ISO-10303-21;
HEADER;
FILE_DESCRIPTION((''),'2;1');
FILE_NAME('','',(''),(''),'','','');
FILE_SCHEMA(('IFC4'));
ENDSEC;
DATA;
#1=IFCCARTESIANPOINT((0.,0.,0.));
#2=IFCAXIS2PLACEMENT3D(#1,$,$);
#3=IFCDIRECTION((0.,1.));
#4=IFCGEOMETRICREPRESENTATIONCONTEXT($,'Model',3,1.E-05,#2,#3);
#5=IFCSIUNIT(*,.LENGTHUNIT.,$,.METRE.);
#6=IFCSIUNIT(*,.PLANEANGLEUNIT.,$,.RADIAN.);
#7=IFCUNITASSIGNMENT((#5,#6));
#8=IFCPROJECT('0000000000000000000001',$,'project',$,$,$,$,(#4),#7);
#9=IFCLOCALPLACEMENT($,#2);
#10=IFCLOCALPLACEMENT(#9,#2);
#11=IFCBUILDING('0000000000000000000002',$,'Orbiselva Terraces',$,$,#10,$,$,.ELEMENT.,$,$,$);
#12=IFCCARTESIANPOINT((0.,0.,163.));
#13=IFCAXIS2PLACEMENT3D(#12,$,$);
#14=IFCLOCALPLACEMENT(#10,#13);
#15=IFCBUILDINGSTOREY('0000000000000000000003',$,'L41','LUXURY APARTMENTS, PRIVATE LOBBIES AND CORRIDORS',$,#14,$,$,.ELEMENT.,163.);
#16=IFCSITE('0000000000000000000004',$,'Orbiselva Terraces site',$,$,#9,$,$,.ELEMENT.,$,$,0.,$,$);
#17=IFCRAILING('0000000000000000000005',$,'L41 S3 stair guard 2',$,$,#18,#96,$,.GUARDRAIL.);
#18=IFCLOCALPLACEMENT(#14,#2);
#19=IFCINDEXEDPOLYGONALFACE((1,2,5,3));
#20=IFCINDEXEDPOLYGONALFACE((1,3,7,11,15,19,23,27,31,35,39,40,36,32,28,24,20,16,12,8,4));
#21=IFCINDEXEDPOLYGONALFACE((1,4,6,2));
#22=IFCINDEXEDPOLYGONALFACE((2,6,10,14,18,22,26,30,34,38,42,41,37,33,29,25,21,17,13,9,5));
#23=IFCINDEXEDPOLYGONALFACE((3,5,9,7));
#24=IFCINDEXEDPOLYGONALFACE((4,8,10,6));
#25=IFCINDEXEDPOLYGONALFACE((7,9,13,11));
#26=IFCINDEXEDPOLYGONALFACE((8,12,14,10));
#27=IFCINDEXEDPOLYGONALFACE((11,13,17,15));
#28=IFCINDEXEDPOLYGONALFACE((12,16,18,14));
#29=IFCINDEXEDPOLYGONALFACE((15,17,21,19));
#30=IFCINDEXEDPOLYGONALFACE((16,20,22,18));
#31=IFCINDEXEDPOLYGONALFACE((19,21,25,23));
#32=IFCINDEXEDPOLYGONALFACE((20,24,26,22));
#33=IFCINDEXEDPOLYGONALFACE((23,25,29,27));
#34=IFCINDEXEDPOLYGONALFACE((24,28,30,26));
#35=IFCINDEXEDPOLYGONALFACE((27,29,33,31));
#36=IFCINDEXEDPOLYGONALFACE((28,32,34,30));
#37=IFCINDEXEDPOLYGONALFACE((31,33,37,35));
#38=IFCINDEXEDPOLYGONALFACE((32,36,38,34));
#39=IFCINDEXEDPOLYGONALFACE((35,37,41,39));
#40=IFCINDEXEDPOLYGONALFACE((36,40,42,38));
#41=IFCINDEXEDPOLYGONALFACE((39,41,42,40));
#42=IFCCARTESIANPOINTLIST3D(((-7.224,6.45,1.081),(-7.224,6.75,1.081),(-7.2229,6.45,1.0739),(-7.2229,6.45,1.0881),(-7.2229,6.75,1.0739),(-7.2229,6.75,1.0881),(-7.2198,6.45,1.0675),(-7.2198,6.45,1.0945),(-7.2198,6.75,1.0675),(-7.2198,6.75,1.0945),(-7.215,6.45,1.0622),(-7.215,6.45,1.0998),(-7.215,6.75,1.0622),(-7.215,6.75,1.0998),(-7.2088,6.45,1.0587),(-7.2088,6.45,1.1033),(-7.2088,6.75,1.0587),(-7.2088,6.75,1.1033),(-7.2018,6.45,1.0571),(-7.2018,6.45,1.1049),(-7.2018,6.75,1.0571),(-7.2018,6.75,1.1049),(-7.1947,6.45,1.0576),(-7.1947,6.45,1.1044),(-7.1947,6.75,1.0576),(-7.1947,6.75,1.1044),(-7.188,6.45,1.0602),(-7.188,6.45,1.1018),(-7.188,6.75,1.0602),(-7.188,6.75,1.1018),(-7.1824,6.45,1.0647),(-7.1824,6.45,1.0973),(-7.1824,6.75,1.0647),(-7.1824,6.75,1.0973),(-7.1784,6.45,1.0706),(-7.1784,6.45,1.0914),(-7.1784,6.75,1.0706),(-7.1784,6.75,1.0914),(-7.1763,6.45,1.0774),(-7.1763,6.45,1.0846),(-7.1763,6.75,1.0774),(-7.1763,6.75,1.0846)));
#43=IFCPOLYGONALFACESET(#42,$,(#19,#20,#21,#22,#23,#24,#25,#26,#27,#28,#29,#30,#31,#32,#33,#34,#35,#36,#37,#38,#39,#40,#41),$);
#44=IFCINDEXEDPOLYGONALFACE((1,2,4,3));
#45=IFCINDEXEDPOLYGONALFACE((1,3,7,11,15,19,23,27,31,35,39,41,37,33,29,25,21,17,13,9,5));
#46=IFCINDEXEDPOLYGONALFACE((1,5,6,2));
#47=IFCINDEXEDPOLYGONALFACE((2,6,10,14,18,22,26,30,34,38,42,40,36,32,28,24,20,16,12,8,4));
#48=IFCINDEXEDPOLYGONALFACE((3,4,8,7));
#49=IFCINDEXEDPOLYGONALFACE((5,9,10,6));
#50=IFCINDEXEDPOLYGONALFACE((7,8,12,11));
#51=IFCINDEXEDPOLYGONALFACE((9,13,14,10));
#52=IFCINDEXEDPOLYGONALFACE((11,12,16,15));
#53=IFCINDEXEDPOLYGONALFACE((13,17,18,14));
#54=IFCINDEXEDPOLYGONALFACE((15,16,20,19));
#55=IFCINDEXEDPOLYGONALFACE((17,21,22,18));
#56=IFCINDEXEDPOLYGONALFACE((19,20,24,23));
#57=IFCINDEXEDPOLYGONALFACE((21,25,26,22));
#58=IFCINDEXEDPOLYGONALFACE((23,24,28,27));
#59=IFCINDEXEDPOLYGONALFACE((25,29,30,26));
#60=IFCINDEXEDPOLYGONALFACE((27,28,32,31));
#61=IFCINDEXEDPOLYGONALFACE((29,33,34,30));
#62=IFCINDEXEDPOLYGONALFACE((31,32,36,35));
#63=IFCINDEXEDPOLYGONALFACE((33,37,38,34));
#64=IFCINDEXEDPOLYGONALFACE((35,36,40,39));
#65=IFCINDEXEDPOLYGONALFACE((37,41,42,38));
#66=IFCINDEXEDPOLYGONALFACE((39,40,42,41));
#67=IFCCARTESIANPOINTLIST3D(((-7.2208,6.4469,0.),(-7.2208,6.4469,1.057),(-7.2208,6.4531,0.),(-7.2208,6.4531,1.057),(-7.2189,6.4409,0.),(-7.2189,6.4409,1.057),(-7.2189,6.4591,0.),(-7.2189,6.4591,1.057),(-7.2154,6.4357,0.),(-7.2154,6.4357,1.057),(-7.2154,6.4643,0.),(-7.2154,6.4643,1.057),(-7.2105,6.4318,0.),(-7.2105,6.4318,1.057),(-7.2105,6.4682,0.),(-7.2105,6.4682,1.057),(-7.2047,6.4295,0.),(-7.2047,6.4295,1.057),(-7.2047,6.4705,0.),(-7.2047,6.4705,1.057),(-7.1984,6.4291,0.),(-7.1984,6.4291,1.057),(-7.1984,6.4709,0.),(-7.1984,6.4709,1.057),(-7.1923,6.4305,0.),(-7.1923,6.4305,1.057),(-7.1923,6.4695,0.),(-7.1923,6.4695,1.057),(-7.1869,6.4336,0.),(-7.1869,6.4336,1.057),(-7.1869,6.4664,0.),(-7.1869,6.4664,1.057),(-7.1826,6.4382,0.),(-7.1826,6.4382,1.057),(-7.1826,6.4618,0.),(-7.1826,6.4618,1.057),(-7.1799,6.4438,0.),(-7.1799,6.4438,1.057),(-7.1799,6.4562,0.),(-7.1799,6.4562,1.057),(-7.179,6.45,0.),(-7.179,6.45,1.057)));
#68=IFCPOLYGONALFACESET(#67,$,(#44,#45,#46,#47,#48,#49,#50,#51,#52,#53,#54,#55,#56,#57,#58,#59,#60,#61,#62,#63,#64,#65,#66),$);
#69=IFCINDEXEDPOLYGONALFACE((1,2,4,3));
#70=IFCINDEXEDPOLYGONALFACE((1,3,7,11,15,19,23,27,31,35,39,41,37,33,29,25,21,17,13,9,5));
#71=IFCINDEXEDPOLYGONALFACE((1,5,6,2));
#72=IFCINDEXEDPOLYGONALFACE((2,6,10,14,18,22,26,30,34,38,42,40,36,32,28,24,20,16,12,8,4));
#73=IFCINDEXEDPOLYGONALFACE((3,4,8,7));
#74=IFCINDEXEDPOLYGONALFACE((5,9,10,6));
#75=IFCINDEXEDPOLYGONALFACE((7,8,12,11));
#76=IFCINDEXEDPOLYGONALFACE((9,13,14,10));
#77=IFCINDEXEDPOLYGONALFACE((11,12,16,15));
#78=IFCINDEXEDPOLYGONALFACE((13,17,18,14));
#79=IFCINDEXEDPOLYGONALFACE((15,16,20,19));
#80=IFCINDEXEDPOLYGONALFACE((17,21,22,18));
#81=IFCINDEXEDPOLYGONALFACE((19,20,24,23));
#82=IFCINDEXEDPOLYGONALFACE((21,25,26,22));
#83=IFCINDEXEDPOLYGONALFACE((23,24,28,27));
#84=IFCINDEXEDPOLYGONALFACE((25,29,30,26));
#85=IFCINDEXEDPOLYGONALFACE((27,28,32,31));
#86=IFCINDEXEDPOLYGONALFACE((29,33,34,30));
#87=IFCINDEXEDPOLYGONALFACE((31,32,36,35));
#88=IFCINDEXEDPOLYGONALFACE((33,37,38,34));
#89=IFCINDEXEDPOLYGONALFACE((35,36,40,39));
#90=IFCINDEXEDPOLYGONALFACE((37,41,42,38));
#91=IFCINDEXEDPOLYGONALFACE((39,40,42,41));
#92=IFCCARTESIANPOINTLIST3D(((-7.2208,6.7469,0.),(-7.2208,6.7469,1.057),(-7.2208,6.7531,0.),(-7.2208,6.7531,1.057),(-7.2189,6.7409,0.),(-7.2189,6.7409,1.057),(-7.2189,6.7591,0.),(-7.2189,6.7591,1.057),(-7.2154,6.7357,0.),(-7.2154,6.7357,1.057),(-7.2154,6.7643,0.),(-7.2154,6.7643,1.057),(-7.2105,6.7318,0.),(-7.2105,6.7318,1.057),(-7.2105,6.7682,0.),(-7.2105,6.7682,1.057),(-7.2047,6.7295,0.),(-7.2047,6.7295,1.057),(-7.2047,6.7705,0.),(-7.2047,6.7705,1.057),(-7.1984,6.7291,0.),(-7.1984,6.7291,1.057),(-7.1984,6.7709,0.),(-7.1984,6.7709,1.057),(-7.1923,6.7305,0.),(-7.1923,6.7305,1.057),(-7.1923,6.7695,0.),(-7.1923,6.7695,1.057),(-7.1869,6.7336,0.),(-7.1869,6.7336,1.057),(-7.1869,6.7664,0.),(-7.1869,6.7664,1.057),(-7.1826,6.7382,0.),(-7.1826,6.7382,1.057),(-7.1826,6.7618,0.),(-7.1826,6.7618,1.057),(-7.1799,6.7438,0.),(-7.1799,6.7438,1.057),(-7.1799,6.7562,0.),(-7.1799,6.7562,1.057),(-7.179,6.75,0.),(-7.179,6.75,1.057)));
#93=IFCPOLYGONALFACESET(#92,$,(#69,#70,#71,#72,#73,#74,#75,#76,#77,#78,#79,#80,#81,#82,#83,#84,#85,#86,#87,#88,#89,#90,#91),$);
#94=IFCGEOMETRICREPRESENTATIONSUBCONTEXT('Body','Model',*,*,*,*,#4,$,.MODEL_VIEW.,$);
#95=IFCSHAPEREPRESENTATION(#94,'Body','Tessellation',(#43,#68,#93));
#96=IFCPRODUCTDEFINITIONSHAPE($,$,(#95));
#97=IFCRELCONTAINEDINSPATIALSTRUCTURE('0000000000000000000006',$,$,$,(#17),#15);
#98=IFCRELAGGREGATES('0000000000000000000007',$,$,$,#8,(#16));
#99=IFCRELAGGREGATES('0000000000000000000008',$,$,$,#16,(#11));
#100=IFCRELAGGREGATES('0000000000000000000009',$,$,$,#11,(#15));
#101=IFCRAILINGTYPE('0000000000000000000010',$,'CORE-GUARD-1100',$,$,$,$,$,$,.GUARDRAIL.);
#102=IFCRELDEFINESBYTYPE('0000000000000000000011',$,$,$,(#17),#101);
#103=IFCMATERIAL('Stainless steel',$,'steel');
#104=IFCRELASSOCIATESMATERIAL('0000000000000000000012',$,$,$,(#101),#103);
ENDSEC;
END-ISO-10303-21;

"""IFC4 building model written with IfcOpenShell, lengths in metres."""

from ifc_helpers import new_model, si_unit, direction, frame, origin, origin_2d, place, context, subcontext, project, spatial, circle, extrude, material, type_object, element, save


model = new_model("IFC4")

# Units and contexts
model_context = context("Model", 3, precision=1e-05, world=origin(), true_north=direction((0.0, 1.0)))
body_context = subcontext(model_context, "Body", "Model", "MODEL_VIEW")
ifc_project = project(units=[si_unit("LENGTHUNIT", "METRE"), si_unit("PLANEANGLEUNIT", "RADIAN")], contexts=[model_context])

# Site, building, storey
site_placement = place(None, origin())
site = spatial("IfcSite", under=ifc_project, at=site_placement, Name="Orbiselva Terraces site", CompositionType="ELEMENT", RefElevation=0.0)
building_placement = place(site_placement, origin())
building = spatial("IfcBuilding", under=site, at=building_placement, Name="Orbiselva Terraces", CompositionType="ELEMENT")
storey_placement = place(building_placement, frame((0.0, 0.0, 163.0)))
storey = spatial("IfcBuildingStorey", under=building, at=storey_placement, Name="L41", Description="LUXURY APARTMENTS, PRIVATE LOBBIES AND CORRIDORS", CompositionType="ELEMENT", Elevation=163.0)

# Railing
ifc_material_1 = material(Name="Stainless steel", Category="steel")
railing_type_1 = type_object("IfcRailingType", Name="CORE-GUARD-1100", PredefinedType="GUARDRAIL", material=ifc_material_1)
railing_1_placement = place(storey_placement, frame((-7.2, 6.45, 0.0)))
element("IfcRailing", 1, at=railing_1_placement, inside=storey, type_object=railing_type_1, Name="L41 S3 stair guard 2", PredefinedType="GUARDRAIL", context=body_context, shape_type="SweptSolid", body=[
    extrude(circle(Radius=0.024, at=origin_2d()), frame((0.0, 0.0, 1.081), z_axis=(0.0, 1.0, 0.0), x_axis=(-1.0, 0.0, 0.0)), (0.0, 0.0, 1.0), 0.3),
    extrude(circle(Radius=0.021, at=origin_2d()), origin(), (0.0, 0.0, 1.0), 1.057),
    extrude(circle(Radius=0.021, at=origin_2d()), frame((0.0, 0.3, 0.0)), (0.0, 0.0, 1.0), 1.057),
])

save(model, "model.ifc")
